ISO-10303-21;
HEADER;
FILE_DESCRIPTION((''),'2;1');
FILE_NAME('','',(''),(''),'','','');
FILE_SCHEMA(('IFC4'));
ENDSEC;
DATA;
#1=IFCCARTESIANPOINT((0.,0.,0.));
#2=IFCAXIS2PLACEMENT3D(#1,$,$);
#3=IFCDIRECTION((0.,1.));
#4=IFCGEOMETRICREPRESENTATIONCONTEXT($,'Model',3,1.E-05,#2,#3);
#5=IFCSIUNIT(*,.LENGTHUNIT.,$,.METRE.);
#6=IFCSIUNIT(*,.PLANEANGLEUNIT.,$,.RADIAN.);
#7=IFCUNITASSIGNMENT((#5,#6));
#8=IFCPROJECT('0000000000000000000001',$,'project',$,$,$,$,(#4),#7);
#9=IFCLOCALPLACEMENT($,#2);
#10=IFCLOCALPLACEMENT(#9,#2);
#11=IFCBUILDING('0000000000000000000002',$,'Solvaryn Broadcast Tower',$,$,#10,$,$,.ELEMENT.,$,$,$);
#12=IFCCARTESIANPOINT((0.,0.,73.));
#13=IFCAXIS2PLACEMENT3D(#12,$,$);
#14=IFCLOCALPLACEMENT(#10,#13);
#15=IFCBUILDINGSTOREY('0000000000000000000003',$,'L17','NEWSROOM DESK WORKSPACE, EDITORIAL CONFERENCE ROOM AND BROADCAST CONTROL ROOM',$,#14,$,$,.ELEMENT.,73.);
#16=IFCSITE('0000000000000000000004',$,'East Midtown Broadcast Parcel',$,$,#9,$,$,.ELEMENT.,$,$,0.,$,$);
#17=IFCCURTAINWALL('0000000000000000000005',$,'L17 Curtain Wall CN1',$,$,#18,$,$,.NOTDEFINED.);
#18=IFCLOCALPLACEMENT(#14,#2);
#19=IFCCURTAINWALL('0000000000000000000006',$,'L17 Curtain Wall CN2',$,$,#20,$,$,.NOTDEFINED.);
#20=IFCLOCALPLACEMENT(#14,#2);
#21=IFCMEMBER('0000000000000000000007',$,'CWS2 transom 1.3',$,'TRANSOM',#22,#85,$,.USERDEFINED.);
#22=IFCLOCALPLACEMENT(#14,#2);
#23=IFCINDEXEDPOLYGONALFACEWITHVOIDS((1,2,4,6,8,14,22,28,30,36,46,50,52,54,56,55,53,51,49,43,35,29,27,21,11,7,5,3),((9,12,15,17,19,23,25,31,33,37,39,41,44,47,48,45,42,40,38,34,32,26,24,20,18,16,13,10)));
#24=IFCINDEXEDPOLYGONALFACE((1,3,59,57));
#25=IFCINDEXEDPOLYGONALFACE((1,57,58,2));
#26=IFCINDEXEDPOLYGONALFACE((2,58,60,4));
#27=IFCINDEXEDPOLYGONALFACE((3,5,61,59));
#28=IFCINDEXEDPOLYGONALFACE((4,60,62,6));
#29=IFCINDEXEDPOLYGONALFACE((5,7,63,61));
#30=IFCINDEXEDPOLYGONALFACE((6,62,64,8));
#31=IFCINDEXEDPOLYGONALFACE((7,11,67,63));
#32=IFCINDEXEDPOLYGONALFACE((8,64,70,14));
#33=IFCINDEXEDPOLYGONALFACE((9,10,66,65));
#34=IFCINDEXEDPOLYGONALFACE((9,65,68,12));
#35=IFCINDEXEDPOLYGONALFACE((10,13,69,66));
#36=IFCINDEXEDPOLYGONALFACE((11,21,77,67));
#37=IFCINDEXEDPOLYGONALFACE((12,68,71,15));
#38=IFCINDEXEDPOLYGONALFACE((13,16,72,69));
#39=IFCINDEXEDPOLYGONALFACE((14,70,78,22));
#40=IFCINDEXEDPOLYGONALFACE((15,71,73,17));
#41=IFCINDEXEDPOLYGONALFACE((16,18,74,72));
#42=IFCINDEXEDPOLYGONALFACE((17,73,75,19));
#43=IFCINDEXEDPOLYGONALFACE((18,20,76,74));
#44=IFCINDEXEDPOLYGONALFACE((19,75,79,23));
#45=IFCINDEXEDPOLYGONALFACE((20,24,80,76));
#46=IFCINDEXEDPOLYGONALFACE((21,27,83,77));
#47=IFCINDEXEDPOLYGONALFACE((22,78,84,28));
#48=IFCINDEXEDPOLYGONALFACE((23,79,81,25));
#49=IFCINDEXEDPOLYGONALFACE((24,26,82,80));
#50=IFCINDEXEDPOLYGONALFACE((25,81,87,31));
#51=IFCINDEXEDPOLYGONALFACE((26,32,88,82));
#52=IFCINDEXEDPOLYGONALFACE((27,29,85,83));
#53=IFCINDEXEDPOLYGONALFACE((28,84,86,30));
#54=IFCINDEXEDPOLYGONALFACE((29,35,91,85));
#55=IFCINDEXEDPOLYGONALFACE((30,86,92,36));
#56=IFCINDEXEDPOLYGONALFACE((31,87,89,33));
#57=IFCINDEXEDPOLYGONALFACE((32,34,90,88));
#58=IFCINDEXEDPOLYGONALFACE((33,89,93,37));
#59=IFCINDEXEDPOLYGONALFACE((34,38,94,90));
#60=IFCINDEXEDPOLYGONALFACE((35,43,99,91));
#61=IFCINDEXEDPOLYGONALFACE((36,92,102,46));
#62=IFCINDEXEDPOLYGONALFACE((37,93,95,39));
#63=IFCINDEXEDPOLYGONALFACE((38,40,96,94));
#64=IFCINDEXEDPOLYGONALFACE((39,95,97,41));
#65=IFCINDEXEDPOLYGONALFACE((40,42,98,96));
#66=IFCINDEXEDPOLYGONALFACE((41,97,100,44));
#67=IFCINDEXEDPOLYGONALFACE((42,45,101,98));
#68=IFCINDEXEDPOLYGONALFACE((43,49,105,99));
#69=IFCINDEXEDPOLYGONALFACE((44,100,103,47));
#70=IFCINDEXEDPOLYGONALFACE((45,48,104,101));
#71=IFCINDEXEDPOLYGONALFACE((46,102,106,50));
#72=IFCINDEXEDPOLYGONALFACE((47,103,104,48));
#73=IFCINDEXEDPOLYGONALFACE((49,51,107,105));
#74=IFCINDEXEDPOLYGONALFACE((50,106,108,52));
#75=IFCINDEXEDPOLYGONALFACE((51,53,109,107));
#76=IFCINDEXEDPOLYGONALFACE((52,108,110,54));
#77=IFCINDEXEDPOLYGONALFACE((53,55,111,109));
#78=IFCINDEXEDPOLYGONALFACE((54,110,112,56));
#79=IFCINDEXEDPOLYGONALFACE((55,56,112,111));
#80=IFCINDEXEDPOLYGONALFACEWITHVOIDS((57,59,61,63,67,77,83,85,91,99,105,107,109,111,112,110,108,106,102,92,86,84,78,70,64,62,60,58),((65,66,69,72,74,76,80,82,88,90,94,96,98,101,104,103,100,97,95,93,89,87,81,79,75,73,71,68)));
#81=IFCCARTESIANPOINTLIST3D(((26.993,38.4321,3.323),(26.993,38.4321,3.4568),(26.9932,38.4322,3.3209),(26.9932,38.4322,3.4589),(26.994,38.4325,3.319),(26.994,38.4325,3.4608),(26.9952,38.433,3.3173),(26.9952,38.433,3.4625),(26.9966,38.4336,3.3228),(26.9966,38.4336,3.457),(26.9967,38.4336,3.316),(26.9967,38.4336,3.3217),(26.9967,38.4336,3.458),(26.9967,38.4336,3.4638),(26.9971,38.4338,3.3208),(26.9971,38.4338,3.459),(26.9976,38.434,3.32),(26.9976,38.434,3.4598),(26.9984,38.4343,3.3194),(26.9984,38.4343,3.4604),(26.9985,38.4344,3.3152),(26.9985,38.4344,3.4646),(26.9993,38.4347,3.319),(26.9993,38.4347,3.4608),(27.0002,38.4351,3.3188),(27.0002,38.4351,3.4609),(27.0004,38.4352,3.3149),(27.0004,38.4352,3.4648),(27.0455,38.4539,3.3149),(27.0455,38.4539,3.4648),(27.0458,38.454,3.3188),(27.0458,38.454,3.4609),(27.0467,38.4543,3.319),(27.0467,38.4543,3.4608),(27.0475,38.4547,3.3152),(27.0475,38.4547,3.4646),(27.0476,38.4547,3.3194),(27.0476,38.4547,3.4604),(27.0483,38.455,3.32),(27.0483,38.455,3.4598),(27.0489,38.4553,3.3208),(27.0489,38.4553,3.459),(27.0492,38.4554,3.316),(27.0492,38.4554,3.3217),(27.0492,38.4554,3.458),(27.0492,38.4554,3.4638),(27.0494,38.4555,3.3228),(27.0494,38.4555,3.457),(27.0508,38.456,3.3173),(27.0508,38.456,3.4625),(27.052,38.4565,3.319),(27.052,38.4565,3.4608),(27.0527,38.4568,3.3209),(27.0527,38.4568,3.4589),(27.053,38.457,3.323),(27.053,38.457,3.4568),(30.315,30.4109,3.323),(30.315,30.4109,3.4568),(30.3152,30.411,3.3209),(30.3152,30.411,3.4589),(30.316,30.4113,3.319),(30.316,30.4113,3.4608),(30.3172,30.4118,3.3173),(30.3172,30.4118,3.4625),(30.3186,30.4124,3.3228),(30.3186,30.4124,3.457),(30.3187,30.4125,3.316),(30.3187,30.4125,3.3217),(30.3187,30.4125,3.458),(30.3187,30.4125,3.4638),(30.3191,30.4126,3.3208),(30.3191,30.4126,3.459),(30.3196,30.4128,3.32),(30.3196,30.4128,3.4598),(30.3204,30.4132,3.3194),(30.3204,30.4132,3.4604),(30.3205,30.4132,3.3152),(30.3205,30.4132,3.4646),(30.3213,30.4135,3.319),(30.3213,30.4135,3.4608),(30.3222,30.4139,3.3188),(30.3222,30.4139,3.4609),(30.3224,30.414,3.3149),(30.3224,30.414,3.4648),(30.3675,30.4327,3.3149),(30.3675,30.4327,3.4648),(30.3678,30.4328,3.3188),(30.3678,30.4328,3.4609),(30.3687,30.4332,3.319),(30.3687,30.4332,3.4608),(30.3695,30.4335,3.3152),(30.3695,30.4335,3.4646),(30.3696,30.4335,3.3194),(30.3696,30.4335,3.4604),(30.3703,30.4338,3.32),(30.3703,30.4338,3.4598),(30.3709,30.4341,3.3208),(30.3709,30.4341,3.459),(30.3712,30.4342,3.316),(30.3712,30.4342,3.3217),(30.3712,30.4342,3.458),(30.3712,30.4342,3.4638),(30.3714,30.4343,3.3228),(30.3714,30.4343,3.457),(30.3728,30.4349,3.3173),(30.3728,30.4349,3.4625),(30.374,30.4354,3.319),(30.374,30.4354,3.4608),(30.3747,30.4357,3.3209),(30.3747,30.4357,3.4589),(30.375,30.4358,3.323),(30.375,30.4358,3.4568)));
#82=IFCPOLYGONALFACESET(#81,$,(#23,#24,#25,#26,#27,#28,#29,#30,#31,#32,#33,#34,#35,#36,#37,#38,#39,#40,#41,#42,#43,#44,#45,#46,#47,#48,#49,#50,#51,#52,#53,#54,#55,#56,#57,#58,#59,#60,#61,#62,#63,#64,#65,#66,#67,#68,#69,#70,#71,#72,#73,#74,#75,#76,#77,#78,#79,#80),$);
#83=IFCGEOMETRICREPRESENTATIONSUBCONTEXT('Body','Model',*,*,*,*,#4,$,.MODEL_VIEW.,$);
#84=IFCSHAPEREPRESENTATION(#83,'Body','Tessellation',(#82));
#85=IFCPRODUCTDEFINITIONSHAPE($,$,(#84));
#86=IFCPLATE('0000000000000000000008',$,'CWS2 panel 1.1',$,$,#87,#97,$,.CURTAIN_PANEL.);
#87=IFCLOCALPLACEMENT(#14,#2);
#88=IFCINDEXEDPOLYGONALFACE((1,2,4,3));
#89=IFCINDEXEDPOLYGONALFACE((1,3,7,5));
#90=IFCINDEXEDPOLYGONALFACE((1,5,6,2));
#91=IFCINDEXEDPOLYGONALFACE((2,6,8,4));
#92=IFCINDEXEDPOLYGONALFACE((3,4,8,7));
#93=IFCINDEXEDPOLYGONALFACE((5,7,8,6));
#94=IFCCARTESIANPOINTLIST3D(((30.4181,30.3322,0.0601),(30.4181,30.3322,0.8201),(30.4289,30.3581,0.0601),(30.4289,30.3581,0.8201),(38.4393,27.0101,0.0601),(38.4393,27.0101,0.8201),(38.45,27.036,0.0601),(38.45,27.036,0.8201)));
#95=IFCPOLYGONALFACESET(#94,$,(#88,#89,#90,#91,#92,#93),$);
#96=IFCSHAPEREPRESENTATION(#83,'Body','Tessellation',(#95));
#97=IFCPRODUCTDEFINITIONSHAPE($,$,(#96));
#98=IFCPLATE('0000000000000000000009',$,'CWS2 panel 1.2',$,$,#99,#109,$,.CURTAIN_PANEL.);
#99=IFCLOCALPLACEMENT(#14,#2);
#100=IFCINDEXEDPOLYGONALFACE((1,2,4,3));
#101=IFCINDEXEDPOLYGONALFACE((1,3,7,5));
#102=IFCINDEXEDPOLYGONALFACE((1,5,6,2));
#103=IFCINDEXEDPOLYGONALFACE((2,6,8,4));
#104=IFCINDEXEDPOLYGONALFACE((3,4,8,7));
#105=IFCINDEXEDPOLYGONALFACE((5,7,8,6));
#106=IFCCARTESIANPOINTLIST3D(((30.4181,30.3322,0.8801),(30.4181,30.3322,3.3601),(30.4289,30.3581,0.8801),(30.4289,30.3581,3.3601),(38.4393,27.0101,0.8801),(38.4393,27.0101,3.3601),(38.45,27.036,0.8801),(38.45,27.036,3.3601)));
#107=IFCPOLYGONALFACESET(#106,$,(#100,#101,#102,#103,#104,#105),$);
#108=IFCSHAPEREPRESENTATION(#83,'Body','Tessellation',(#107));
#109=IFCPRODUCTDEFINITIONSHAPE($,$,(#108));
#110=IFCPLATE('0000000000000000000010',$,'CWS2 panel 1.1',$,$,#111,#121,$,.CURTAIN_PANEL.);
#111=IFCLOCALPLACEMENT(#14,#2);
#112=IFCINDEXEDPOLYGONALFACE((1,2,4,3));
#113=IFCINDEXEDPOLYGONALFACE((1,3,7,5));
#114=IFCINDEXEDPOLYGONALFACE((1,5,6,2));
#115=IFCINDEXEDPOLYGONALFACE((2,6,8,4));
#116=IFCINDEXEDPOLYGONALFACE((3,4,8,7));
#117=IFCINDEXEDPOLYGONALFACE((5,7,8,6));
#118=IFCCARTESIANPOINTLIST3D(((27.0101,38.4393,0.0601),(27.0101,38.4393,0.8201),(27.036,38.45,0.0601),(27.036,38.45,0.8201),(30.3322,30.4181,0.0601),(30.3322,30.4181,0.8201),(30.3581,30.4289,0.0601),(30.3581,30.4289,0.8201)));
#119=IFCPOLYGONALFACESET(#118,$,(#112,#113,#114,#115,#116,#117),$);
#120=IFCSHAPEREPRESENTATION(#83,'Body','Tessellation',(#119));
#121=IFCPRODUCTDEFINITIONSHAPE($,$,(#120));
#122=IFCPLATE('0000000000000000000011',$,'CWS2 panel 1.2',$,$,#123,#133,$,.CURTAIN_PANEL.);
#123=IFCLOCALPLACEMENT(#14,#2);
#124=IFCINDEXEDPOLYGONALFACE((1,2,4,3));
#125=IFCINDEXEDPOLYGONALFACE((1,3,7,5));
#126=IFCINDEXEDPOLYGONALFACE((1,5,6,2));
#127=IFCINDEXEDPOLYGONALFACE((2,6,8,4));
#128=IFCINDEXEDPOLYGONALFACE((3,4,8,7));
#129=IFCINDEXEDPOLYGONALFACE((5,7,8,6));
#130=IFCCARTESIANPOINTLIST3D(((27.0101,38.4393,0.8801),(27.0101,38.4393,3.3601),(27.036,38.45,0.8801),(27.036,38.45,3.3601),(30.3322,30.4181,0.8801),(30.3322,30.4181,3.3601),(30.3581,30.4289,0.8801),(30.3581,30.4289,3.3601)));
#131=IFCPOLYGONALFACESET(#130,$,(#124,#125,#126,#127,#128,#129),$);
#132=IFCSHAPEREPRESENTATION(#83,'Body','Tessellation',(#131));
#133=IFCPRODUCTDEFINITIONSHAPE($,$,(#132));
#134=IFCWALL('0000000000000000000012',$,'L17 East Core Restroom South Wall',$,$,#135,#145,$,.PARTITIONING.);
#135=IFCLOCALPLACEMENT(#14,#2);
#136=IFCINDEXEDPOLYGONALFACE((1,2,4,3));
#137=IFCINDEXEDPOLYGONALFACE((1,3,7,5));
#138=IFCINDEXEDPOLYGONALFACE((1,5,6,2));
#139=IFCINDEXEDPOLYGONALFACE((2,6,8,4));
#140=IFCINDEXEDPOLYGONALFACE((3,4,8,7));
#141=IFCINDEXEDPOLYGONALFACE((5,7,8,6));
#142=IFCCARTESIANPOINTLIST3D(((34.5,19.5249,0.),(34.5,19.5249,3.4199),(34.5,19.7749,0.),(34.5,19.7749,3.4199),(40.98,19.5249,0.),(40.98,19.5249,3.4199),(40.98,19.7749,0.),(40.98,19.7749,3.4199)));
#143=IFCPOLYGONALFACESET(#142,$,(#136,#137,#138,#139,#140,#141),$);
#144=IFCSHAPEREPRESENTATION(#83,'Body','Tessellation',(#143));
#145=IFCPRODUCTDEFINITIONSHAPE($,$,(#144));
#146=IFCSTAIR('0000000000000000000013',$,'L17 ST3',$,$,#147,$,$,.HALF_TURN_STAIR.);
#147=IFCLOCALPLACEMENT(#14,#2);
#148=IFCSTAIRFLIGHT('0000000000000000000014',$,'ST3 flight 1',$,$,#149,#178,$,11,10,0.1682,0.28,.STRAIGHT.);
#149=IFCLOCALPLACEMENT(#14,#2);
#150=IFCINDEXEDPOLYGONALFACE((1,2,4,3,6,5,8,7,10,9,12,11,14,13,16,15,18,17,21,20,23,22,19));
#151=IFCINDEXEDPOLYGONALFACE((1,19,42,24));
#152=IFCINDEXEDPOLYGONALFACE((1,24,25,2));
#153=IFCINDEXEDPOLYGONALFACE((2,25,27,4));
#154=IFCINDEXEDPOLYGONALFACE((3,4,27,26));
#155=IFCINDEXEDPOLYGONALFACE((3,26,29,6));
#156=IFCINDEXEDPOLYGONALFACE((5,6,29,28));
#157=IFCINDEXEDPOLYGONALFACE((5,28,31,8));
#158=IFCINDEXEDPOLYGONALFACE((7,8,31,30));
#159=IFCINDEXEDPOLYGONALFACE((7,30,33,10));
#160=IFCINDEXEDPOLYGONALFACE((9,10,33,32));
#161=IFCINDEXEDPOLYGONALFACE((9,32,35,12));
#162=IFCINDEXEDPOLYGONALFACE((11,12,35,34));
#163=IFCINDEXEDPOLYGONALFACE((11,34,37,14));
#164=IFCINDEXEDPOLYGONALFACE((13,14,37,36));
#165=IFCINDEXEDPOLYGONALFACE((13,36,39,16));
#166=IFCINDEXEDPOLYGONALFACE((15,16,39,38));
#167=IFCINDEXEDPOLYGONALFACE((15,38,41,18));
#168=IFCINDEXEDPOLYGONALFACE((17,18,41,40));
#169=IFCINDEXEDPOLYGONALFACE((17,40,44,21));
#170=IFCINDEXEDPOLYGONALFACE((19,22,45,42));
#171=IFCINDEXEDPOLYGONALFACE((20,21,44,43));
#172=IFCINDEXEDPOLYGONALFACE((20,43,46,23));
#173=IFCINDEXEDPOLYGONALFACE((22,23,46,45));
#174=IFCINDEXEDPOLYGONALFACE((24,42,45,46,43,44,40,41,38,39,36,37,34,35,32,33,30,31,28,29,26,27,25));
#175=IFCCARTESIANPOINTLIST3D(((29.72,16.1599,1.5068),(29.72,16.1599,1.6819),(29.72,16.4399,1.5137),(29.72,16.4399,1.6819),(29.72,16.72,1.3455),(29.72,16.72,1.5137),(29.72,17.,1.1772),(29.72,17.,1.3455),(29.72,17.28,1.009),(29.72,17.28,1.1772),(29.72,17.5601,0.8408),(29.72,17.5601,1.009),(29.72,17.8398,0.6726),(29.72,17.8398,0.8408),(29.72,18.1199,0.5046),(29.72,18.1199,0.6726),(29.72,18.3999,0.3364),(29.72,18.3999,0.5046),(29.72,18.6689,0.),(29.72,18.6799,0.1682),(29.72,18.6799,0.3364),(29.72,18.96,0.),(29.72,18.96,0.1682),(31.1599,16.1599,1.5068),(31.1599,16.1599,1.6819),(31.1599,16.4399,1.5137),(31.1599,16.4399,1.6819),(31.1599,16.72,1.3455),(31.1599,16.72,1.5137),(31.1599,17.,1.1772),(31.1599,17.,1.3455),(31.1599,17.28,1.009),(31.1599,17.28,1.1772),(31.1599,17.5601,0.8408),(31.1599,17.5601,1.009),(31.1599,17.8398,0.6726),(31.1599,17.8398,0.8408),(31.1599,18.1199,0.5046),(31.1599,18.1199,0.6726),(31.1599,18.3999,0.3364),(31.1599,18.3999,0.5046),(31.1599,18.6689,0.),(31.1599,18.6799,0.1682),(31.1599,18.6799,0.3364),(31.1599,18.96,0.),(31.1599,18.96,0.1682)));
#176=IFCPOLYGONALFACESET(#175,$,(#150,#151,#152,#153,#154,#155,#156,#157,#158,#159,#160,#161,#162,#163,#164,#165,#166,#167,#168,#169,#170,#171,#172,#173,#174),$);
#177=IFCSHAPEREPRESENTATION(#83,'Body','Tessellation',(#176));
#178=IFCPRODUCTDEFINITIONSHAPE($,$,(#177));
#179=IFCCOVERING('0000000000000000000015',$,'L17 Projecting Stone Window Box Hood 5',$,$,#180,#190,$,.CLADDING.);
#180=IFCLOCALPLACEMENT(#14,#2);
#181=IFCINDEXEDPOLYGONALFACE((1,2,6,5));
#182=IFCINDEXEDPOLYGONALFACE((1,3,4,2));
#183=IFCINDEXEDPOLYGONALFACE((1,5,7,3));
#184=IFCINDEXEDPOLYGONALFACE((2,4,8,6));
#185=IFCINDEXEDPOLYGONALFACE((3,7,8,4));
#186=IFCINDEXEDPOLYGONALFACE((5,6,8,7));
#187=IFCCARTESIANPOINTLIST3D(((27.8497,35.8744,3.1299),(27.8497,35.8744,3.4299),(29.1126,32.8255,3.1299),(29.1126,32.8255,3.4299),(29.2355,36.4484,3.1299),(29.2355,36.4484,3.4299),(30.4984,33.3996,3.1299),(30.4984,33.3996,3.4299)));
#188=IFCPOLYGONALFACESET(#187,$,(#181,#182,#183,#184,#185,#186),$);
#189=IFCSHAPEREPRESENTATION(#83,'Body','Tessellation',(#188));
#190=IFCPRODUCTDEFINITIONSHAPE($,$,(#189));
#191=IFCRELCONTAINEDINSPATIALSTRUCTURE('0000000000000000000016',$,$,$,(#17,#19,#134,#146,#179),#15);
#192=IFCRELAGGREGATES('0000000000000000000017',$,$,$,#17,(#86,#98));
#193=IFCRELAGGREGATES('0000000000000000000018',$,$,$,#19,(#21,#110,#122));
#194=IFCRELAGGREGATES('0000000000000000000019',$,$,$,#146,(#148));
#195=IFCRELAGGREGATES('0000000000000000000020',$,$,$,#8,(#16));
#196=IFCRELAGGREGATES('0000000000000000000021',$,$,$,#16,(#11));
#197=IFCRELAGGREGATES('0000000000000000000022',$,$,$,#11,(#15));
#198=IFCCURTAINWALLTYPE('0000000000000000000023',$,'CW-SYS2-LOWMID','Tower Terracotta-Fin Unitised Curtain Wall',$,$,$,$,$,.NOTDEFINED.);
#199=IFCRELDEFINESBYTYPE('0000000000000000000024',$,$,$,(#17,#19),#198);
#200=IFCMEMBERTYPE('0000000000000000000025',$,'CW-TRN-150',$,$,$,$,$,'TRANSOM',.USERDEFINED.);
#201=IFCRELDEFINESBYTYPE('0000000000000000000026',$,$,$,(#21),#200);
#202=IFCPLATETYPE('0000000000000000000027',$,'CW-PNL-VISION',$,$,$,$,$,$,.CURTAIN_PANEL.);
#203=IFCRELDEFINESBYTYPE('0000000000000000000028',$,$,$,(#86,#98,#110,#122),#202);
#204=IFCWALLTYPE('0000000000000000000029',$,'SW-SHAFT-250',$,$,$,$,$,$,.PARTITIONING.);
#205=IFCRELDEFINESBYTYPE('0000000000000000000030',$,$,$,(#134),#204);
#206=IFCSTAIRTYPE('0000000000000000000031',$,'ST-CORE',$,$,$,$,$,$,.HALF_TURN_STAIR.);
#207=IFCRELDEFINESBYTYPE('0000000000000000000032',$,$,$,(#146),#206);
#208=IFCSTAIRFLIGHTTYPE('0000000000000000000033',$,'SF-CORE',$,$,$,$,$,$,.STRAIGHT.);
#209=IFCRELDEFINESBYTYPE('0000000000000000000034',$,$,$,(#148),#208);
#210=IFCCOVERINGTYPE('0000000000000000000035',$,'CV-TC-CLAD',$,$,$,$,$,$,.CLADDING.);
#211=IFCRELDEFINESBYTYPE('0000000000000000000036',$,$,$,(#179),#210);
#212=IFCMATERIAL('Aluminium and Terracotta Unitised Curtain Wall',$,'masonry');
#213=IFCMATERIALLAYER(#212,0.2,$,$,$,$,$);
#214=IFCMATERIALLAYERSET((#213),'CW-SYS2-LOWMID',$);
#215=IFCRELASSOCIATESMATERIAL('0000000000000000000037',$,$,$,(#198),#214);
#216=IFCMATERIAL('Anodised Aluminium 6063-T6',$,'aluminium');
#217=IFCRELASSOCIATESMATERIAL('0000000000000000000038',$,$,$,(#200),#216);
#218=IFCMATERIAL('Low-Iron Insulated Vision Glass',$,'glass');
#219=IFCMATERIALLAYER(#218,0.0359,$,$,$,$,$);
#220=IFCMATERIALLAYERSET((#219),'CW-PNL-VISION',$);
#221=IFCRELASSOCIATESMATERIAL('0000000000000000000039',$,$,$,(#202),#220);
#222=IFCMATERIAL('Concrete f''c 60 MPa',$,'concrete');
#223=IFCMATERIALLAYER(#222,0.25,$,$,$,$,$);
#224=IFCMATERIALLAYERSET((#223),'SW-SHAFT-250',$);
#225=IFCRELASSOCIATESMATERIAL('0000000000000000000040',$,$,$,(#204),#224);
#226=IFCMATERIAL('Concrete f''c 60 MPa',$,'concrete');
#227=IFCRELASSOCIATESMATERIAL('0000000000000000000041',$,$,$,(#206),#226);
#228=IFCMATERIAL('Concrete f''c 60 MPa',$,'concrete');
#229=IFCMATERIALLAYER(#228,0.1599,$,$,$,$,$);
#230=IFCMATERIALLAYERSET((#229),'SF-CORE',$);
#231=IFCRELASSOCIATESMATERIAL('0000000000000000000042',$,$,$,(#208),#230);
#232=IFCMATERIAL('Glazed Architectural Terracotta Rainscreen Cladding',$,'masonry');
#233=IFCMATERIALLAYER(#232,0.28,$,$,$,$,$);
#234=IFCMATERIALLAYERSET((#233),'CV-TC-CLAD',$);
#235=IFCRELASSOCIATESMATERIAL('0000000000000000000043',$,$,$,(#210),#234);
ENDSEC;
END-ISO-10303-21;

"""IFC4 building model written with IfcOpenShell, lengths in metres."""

from ifc_helpers import new_model, si_unit, direction, frame, frame_2d, origin, origin_2d, place, context, subcontext, project, spatial, polyline, rectangle, hollow_rectangle, outline, extrude, material, layer, layer_set, material_profile, profile_set, type_object, element, aggregate, save


model = new_model("IFC4")

# Units and contexts
model_context = context("Model", 3, precision=1e-05, world=origin(), true_north=direction((0.0, 1.0)))
body_context = subcontext(model_context, "Body", "Model", "MODEL_VIEW")
ifc_project = project(units=[si_unit("LENGTHUNIT", "METRE"), si_unit("PLANEANGLEUNIT", "RADIAN")], contexts=[model_context])

# Site, building, storey
site_placement = place(None, origin())
site = spatial("IfcSite", under=ifc_project, at=site_placement, Name="East Midtown Broadcast Parcel", CompositionType="ELEMENT", RefElevation=0.0)
building_placement = place(site_placement, origin())
building = spatial("IfcBuilding", under=site, at=building_placement, Name="Solvaryn Broadcast Tower", CompositionType="ELEMENT")
storey_placement = place(building_placement, frame((0.0, 0.0, 73.0)))
storey = spatial("IfcBuildingStorey", under=building, at=storey_placement, Name="L17", Description="NEWSROOM DESK WORKSPACE, EDITORIAL CONFERENCE ROOM AND BROADCAST CONTROL ROOM", CompositionType="ELEMENT", Elevation=73.0)

# Curtain wall
ifc_material_1 = material(Name="Aluminium and Terracotta Unitised Curtain Wall", Category="masonry")
ifc_layer_1 = layer(ifc_material_1, 0.2)
ifc_layer_set_1 = layer_set([ifc_layer_1], Name="CW-SYS2-LOWMID")
curtain_wall_type = type_object("IfcCurtainWallType", Name="CW-SYS2-LOWMID", Description="Tower Terracotta-Fin Unitised Curtain Wall", PredefinedType="NOTDEFINED", material=ifc_layer_set_1)
curtain_wall_1_placement = place(storey_placement, origin())
curtain_wall_1 = element("IfcCurtainWall", 1, at=curtain_wall_1_placement, inside=storey, type_object=curtain_wall_type, Name="L17 Curtain Wall CN1", PredefinedType="NOTDEFINED")

# Curtain wall, member
curtain_wall_2_placement = place(storey_placement, origin())
curtain_wall_2 = element("IfcCurtainWall", 2, at=curtain_wall_2_placement, inside=storey, type_object=curtain_wall_type, Name="L17 Curtain Wall CN2", PredefinedType="NOTDEFINED")
ifc_material_2 = material(Name="Anodised Aluminium 6063-T6", Category="aluminium")
ifc_material_profile_1 = material_profile(ifc_material_2, hollow_rectangle(XDim=0.0649, YDim=0.1499, WallThickness=0.0039, InnerFilletRadius=0.0039, OuterFilletRadius=0.0081, at=origin_2d()))
ifc_profile_set_1 = profile_set([ifc_material_profile_1], Name="Anodised Aluminium 6063-T6")
member_type_1 = type_object("IfcMemberType", Name="CW-TRN-150", ElementType="TRANSOM", PredefinedType="USERDEFINED", material=ifc_profile_set_1)
member_1_placement = place(storey_placement, frame((30.345, 30.4233, 3.3899), z_axis=(-0.382636, 0.923899, 0.0), x_axis=(-0.923899, -0.382636, 0.0)))
member_1 = element("IfcMember", 3, at=member_1_placement, type_object=member_type_1, Name="CWS2 transom 1.3", ObjectType="TRANSOM", PredefinedType="USERDEFINED", context=body_context, shape_type="SweptSolid", body=[
    extrude(hollow_rectangle(XDim=0.0649, YDim=0.1499, WallThickness=0.0039, InnerFilletRadius=0.0039, OuterFilletRadius=0.0081, at=origin_2d()), origin(), (0.0, 0.0, 1.0), 8.6819),
])

# Plates
ifc_material_3 = material(Name="Low-Iron Insulated Vision Glass", Category="glass")
ifc_layer_2 = layer(ifc_material_3, 0.0359)
ifc_layer_set_2 = layer_set([ifc_layer_2], Name="CW-PNL-VISION")
plate_type = type_object("IfcPlateType", Name="CW-PNL-VISION", PredefinedType="CURTAIN_PANEL", material=ifc_layer_set_2)
plate_1_placement = place(storey_placement, frame((34.4341, 28.6841, 0.0601), z_axis=(0.0, 0.0, 1.0), x_axis=(-0.923895, 0.382646, 0.0)))
plate_1 = element("IfcPlate", 4, at=plate_1_placement, type_object=plate_type, Name="CWS2 panel 1.1", PredefinedType="CURTAIN_PANEL", context=body_context, shape_type="SweptSolid", body=[
    extrude(rectangle(XDim=8.6819, YDim=0.0281, at=origin_2d()), origin(), (0.0, 0.0, 1.0), 0.76),
])
plate_2_placement = place(storey_placement, frame((34.4341, 28.6841, 0.8801), z_axis=(0.0, 0.0, 1.0), x_axis=(-0.923895, 0.382646, 0.0)))
plate_2 = element("IfcPlate", 5, at=plate_2_placement, type_object=plate_type, Name="CWS2 panel 1.2", PredefinedType="CURTAIN_PANEL", context=body_context, shape_type="SweptSolid", body=[
    extrude(rectangle(XDim=8.6819, YDim=0.0281, at=origin_2d()), origin(), (0.0, 0.0, 1.0), 2.48),
])
aggregate(curtain_wall_1, [plate_1, plate_2])
plate_3_placement = place(storey_placement, frame((28.6841, 34.4341, 0.0601), z_axis=(0.0, 0.0, 1.0), x_axis=(-0.382646, 0.923895, 0.0)))
plate_3 = element("IfcPlate", 6, at=plate_3_placement, type_object=plate_type, Name="CWS2 panel 1.1", PredefinedType="CURTAIN_PANEL", context=body_context, shape_type="SweptSolid", body=[
    extrude(rectangle(XDim=8.6819, YDim=0.0281, at=origin_2d()), origin(), (0.0, 0.0, 1.0), 0.76),
])
plate_4_placement = place(storey_placement, frame((28.6841, 34.4341, 0.8801), z_axis=(0.0, 0.0, 1.0), x_axis=(-0.382646, 0.923895, 0.0)))
plate_4 = element("IfcPlate", 7, at=plate_4_placement, type_object=plate_type, Name="CWS2 panel 1.2", PredefinedType="CURTAIN_PANEL", context=body_context, shape_type="SweptSolid", body=[
    extrude(rectangle(XDim=8.6819, YDim=0.0281, at=origin_2d()), origin(), (0.0, 0.0, 1.0), 2.48),
])
aggregate(curtain_wall_2, [member_1, plate_3, plate_4])

# Wall
ifc_material_4 = material(Name="Concrete f'c 60 MPa", Category="concrete")
ifc_layer_3 = layer(ifc_material_4, 0.25)
ifc_layer_set_3 = layer_set([ifc_layer_3], Name="SW-SHAFT-250")
wall_type_1 = type_object("IfcWallType", Name="SW-SHAFT-250", PredefinedType="PARTITIONING", material=ifc_layer_set_3)
wall_1_placement = place(storey_placement, frame((34.5, 19.6499, 0.0), z_axis=(0.0, 0.0, 1.0), x_axis=(1.0, 0.0, 0.0)))
element("IfcWall", 8, at=wall_1_placement, inside=storey, type_object=wall_type_1, Name="L17 East Core Restroom South Wall", PredefinedType="PARTITIONING", context=body_context, shape_type="SweptSolid", body=[
    extrude(rectangle(XDim=6.48, YDim=0.25, at=frame_2d((3.24, 0.0))), origin(), (0.0, 0.0, 1.0), 3.4199),
])

# Stair, stair flight
ifc_material_5 = material(Name="Concrete f'c 60 MPa", Category="concrete")
stair_type = type_object("IfcStairType", Name="ST-CORE", PredefinedType="HALF_TURN_STAIR", material=ifc_material_5)
stair_placement = place(storey_placement, origin())
stair = element("IfcStair", 9, at=stair_placement, inside=storey, type_object=stair_type, Name="L17 ST3", PredefinedType="HALF_TURN_STAIR")
ifc_material_6 = material(Name="Concrete f'c 60 MPa", Category="concrete")
ifc_layer_4 = layer(ifc_material_6, 0.1599)
ifc_layer_set_4 = layer_set([ifc_layer_4], Name="SF-CORE")
stair_flight_type = type_object("IfcStairFlightType", Name="SF-CORE", PredefinedType="STRAIGHT", material=ifc_layer_set_4)
stair_flight_placement = place(storey_placement, frame((30.4399, 18.96, 0.0), z_axis=(0.0, 0.0, 1.0), x_axis=(0.0, -1.0, 0.0)))
stair_flight = element("IfcStairFlight", 10, at=stair_flight_placement, type_object=stair_flight_type, Name="ST3 flight 1", NumberOfRisers=11, NumberOfTreads=10, PredefinedType="STRAIGHT", RiserHeight=0.1682, TreadLength=0.28, context=body_context, shape_type="SweptSolid", body=[
    extrude(outline(polyline([(0.0, 0.0), (0.0, 0.1682), (0.28, 0.1682), (0.28, 0.3364), (0.5601, 0.3364), (0.5601, 0.5046), (0.8401, 0.5046), (0.8401, 0.6726), (1.1201, 0.6726), (1.1201, 0.8408), (1.3999, 0.8408), (1.3999, 1.009), (1.6799, 1.009), (1.6799, 1.1772), (1.96, 1.1772), (1.96, 1.3455), (2.24, 1.3455), (2.24, 1.5137), (2.52, 1.5137), (2.52, 1.6819), (2.8, 1.6819), (2.8, 1.8501), (2.8, 1.5068), (0.291, 0.0), (0.0, 0.0)])), frame((0.0, 0.72, 0.0), z_axis=(0.0, -1.0, 0.0), x_axis=(1.0, 0.0, 0.0)), (0.0, 0.0, 1.0), 1.4399),
])
aggregate(stair, [stair_flight])

# Covering
ifc_material_7 = material(Name="Glazed Architectural Terracotta Rainscreen Cladding", Category="masonry")
ifc_layer_5 = layer(ifc_material_7, 0.28)
ifc_layer_set_5 = layer_set([ifc_layer_5], Name="CV-TC-CLAD")
covering_type_1 = type_object("IfcCoveringType", Name="CV-TC-CLAD", PredefinedType="CLADDING", material=ifc_layer_set_5)
covering_1_placement = place(storey_placement, frame((29.1741, 34.637, 3.1299), z_axis=(0.0, 0.0, 1.0), x_axis=(-0.382683, 0.92388, 0.0)))
element("IfcCovering", 11, at=covering_1_placement, inside=storey, type_object=covering_type_1, Name="L17 Projecting Stone Window Box Hood 5", PredefinedType="CLADDING", context=body_context, shape_type="SweptSolid", body=[
    extrude(rectangle(XDim=3.3, YDim=1.5, at=origin_2d()), origin(), (0.0, 0.0, 1.0), 0.3),
])

save(model, "model.ifc")
